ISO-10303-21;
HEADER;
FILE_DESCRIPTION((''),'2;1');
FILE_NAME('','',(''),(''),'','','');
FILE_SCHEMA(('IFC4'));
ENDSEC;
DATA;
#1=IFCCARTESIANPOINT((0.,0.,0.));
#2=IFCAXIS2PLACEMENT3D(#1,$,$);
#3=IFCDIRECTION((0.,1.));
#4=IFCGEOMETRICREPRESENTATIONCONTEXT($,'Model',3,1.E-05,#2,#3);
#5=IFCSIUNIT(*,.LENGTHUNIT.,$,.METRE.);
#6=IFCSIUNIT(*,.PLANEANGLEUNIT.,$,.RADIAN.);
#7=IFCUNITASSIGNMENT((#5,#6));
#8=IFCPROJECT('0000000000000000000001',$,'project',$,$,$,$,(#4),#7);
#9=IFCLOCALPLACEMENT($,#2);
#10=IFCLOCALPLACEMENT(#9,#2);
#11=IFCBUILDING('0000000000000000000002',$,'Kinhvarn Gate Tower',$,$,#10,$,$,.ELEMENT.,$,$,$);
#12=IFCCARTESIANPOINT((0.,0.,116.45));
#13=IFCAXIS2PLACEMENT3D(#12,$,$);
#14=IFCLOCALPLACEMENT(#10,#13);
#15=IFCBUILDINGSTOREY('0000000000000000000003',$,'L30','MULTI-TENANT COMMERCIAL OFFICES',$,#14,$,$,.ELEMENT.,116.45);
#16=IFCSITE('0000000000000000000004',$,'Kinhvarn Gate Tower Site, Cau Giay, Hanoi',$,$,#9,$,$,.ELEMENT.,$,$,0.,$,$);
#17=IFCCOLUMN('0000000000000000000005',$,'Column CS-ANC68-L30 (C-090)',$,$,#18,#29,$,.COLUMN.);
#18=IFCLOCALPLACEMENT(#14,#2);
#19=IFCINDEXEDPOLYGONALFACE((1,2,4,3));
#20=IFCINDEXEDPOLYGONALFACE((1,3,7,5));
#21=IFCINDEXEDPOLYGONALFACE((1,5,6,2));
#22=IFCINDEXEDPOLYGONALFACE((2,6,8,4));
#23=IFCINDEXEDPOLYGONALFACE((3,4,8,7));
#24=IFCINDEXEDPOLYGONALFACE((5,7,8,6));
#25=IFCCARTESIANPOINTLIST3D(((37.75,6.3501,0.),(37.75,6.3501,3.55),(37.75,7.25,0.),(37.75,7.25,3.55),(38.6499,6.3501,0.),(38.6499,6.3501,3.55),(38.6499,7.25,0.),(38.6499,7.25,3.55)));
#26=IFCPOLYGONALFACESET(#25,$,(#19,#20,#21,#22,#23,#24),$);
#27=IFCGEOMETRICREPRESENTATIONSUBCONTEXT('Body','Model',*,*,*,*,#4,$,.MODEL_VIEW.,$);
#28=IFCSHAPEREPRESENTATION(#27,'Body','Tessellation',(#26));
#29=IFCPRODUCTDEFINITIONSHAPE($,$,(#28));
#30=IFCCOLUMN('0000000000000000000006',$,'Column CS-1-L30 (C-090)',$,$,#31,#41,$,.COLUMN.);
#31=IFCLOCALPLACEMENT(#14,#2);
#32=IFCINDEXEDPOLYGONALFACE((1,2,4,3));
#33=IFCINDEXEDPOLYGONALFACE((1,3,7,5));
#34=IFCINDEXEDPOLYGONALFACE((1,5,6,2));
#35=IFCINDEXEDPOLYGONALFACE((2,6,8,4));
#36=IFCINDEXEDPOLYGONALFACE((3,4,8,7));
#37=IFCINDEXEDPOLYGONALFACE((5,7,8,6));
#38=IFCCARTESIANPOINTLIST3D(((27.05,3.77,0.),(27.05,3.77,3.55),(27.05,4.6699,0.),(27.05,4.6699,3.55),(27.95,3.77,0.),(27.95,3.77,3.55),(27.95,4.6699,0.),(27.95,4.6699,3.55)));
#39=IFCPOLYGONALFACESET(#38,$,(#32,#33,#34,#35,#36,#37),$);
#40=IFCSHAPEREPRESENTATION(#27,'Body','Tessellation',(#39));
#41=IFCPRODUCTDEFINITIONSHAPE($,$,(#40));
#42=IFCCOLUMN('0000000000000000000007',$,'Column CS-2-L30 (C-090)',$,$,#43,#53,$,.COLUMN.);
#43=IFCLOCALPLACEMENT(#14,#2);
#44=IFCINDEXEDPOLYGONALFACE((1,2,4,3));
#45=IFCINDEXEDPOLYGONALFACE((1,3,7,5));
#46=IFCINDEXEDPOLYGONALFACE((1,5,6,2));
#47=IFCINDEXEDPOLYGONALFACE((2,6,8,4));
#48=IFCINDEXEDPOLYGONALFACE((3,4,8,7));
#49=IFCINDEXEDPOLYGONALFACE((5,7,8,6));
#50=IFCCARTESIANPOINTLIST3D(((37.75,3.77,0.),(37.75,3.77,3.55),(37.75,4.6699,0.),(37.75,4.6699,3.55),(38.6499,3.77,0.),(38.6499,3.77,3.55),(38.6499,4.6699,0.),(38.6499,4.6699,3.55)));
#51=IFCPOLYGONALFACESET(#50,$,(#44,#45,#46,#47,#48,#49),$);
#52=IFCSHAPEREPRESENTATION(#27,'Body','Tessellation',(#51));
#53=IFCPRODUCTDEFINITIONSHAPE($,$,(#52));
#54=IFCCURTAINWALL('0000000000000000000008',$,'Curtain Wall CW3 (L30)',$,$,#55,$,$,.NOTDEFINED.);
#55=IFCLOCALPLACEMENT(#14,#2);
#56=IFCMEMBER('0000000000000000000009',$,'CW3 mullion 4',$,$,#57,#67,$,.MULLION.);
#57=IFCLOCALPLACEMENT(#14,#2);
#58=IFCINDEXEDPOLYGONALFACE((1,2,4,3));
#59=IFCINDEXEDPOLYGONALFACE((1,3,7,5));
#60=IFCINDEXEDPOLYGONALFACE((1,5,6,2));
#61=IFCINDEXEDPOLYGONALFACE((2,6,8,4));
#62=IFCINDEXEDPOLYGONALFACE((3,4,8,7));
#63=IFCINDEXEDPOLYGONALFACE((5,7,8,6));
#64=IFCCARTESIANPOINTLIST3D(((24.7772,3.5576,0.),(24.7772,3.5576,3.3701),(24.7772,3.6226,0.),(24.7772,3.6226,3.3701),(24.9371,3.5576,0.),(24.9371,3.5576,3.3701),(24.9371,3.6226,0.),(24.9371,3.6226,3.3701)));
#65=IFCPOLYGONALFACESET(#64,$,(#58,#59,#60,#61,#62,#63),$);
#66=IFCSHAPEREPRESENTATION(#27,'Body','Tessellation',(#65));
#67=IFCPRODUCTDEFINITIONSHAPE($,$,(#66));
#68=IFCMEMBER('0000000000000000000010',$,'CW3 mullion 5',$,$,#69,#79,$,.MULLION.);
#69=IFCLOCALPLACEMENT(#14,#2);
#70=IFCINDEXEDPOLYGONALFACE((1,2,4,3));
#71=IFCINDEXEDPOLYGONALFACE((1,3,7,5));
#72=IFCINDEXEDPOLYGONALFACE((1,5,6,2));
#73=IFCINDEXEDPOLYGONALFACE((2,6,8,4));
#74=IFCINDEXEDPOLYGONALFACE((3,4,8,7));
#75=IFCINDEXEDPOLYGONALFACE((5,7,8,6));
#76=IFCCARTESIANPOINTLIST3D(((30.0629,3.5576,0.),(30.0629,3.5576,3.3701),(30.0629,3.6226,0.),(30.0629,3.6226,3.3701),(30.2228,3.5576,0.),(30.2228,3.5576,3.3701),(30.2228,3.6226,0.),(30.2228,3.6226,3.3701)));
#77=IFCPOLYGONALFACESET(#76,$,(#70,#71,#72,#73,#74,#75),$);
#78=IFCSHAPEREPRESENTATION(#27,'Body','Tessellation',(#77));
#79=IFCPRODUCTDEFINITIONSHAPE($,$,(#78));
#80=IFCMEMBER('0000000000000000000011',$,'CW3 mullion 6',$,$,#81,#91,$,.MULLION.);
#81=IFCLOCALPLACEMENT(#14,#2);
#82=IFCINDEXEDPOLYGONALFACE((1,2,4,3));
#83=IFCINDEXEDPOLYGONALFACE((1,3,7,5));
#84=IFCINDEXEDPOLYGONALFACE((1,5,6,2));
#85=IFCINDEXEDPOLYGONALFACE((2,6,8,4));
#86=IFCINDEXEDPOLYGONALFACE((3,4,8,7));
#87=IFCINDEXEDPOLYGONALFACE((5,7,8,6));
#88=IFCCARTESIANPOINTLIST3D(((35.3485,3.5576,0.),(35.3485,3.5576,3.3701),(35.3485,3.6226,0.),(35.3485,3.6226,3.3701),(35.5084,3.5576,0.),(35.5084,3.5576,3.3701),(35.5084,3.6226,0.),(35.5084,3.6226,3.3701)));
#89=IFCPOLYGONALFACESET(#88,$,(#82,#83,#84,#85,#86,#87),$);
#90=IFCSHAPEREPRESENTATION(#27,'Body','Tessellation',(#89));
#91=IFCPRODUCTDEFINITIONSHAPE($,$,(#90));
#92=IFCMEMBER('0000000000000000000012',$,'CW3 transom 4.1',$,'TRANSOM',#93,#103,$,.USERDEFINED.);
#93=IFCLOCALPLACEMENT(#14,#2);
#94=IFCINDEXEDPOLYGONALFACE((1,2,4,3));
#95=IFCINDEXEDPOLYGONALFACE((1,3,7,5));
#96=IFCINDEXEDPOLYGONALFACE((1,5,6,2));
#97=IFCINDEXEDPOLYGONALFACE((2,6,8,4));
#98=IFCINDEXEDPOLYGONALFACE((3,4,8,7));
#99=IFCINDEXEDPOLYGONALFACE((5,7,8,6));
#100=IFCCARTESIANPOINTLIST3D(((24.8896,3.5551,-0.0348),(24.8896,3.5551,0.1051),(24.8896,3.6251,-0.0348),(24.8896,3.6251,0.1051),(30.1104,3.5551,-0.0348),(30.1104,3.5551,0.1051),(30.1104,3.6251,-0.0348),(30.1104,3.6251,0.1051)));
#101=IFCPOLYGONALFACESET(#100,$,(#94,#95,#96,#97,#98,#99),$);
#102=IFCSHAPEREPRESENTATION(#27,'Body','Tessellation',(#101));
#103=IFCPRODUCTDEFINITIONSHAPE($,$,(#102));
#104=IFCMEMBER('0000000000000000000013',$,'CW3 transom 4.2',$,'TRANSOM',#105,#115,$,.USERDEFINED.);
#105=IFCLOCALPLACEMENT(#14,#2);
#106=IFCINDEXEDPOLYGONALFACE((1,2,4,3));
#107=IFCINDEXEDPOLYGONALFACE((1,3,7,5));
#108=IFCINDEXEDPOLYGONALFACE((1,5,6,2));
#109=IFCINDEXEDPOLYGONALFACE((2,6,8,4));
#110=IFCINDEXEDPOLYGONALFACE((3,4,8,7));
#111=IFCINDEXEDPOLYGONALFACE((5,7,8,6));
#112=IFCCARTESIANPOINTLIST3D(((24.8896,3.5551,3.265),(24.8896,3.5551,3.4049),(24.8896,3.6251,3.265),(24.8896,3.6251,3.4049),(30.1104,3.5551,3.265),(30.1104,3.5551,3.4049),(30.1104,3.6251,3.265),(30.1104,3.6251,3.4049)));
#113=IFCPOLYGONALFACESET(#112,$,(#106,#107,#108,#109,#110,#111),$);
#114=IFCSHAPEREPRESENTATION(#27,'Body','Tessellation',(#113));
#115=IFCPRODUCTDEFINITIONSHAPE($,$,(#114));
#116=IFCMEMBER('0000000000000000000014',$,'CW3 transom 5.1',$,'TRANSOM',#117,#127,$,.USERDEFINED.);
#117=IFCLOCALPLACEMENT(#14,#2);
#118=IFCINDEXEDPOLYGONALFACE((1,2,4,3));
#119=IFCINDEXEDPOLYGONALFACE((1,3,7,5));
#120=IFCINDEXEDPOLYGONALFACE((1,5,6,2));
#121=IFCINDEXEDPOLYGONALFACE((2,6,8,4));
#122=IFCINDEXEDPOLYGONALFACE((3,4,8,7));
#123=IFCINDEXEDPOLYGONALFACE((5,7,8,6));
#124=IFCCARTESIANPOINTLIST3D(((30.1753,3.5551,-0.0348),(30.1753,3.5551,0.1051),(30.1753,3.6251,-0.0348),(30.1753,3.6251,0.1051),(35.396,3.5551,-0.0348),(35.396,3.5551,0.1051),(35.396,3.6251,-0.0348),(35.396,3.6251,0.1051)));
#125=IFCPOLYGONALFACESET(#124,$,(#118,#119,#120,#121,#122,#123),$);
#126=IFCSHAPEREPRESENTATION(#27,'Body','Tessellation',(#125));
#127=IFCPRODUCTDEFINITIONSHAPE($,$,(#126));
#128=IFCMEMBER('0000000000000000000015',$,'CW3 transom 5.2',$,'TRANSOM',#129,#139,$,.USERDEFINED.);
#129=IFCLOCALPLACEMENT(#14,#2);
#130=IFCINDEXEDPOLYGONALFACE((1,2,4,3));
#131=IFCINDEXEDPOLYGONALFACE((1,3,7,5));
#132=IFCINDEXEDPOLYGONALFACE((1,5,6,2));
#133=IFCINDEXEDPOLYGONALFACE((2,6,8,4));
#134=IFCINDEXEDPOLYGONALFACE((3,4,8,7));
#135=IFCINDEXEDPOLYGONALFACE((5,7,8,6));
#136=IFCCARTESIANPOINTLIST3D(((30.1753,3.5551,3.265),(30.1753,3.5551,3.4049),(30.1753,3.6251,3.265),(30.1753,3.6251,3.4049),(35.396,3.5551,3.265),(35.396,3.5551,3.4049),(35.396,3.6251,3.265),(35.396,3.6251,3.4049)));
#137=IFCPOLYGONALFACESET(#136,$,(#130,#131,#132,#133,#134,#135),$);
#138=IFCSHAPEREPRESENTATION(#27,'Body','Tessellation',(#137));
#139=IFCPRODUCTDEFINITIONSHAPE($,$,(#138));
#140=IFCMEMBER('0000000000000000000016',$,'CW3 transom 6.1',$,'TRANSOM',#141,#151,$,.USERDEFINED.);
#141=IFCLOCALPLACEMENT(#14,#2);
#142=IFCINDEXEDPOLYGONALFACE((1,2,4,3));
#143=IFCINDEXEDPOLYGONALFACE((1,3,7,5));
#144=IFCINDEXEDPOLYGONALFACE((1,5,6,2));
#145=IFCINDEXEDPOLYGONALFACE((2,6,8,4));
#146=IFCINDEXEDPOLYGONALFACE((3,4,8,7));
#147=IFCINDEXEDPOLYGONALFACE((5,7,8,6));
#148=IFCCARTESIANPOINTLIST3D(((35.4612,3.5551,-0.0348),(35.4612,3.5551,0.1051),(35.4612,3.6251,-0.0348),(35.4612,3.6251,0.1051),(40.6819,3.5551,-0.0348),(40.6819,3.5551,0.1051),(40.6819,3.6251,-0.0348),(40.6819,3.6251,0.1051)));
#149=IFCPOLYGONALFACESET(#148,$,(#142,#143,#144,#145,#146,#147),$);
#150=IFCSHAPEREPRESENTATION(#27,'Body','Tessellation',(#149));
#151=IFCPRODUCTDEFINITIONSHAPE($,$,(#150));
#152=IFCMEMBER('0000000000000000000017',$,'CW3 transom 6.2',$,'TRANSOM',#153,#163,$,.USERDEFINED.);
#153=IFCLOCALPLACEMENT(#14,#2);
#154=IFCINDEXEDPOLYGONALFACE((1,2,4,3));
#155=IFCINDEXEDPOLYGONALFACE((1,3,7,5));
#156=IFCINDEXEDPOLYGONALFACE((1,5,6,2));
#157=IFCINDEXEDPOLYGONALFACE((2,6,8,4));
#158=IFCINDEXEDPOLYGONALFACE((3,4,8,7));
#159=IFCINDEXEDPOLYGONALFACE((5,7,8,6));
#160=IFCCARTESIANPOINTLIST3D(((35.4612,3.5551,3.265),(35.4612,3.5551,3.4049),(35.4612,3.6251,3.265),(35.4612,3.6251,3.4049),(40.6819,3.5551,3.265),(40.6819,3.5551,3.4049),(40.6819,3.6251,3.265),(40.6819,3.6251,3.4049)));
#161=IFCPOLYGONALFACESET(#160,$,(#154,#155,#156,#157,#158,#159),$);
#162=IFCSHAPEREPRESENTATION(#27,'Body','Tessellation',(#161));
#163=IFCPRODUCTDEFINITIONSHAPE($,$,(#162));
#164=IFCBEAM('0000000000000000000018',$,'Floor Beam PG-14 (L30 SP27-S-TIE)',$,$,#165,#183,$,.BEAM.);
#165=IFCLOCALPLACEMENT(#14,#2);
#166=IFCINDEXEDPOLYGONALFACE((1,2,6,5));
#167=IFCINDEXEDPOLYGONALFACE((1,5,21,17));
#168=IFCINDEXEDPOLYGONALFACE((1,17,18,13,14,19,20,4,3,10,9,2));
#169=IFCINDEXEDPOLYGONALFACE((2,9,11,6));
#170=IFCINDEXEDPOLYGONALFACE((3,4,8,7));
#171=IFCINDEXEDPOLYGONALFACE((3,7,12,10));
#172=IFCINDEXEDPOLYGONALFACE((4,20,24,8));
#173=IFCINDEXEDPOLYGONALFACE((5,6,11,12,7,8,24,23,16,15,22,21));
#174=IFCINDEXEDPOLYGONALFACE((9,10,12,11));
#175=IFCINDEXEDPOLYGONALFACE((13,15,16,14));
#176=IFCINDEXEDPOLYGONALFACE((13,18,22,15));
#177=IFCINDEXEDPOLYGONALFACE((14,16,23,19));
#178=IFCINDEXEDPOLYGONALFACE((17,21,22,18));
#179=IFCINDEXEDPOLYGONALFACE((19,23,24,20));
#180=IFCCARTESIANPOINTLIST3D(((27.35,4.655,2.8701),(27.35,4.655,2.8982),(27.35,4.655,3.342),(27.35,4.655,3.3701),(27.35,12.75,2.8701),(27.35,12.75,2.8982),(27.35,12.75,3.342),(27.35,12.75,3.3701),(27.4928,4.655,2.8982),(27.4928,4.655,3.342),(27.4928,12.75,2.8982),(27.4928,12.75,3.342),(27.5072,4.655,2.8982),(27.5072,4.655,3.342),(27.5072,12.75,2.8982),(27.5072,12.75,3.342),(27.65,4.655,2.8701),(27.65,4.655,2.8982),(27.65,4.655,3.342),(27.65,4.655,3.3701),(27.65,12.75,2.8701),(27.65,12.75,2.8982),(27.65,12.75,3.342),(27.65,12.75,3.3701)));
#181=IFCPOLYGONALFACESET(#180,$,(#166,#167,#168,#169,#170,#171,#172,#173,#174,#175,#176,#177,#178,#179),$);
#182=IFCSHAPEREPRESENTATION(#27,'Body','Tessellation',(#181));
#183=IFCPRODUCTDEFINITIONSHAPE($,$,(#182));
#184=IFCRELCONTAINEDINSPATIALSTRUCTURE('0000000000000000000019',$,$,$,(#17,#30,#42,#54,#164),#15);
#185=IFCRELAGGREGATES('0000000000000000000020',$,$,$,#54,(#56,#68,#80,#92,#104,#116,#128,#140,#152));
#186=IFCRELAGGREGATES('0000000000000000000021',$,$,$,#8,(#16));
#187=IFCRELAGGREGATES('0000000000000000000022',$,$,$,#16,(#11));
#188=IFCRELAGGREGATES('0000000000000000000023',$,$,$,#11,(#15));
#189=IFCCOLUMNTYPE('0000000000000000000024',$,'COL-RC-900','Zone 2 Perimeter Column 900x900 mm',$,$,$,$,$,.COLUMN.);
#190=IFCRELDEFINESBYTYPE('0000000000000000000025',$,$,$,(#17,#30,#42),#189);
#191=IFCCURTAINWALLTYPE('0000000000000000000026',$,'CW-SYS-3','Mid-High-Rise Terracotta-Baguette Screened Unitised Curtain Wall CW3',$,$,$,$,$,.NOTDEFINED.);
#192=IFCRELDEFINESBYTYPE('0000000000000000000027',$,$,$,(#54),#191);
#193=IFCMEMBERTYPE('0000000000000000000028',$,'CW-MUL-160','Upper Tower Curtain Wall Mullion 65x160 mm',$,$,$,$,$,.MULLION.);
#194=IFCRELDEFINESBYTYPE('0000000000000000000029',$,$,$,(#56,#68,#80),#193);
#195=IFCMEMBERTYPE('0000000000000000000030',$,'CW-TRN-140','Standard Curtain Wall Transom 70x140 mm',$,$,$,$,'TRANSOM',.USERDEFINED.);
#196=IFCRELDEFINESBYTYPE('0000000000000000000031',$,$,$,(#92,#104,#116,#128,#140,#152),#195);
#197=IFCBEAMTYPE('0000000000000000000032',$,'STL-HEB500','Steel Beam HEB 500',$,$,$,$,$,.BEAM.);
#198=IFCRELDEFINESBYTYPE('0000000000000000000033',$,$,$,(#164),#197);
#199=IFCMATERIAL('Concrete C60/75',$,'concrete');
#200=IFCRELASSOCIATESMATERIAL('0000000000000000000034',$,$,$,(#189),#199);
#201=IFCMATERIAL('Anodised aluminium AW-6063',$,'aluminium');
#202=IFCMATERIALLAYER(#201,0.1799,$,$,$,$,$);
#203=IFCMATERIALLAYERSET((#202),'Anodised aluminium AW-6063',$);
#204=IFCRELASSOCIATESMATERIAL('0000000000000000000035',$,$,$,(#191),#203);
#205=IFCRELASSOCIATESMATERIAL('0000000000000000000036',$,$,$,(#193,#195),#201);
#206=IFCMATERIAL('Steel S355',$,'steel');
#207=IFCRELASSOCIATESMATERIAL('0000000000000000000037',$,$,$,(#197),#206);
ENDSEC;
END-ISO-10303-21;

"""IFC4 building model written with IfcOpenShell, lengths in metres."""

from ifc_helpers import new_model, si_unit, direction, frame, origin, origin_2d, place, context, subcontext, project, spatial, rectangle, i_section, extrude, material, layer, layer_set, material_profile, profile_set, type_object, element, aggregate, save


model = new_model("IFC4")

# Units and contexts
model_context = context("Model", 3, precision=1e-05, world=origin(), true_north=direction((0.0, 1.0)))
body_context = subcontext(model_context, "Body", "Model", "MODEL_VIEW")
ifc_project = project(units=[si_unit("LENGTHUNIT", "METRE"), si_unit("PLANEANGLEUNIT", "RADIAN")], contexts=[model_context])

# Site, building, storey
site_placement = place(None, origin())
site = spatial("IfcSite", under=ifc_project, at=site_placement, Name="Kinhvarn Gate Tower Site, Cau Giay, Hanoi", CompositionType="ELEMENT", RefElevation=0.0)
building_placement = place(site_placement, origin())
building = spatial("IfcBuilding", under=site, at=building_placement, Name="Kinhvarn Gate Tower", CompositionType="ELEMENT")
storey_placement = place(building_placement, frame((0.0, 0.0, 116.45)))
storey = spatial("IfcBuildingStorey", under=building, at=storey_placement, Name="L30", Description="MULTI-TENANT COMMERCIAL OFFICES", CompositionType="ELEMENT", Elevation=116.45)

# Columns
ifc_material_1 = material(Name="Concrete C60/75", Category="concrete")
ifc_material_profile_1 = material_profile(ifc_material_1, rectangle(XDim=0.8999, YDim=0.8999, at=origin_2d()), Name="RC 900x900")
ifc_profile_set_1 = profile_set([ifc_material_profile_1], Name="Concrete C60/75")
column_type = type_object("IfcColumnType", Name="COL-RC-900", Description="Zone 2 Perimeter Column 900x900 mm", PredefinedType="COLUMN", material=ifc_profile_set_1)
for number, where, z_axis, x_axis, name in (
    (1, (38.2, 6.8, 0.0), (0.0, 0.0, 1.0), (1.0, 0.0, 0.0), "Column CS-ANC68-L30 (C-090)"),
    (2, (27.5, 4.22, 0.0), (0.0, 0.0, 1.0), (1.0, 0.0, 0.0), "Column CS-1-L30 (C-090)"),
    (3, (38.2, 4.22, 0.0), (0.0, 0.0, 1.0), (1.0, 0.0, 0.0), "Column CS-2-L30 (C-090)"),
):
    element("IfcColumn", number, at=place(storey_placement, frame(where, z_axis=z_axis, x_axis=x_axis)), inside=storey, type_object=column_type, Name=name, PredefinedType="COLUMN", context=body_context, shape_type="SweptSolid", body=[
        extrude(rectangle(XDim=0.8999, YDim=0.8999, at=origin_2d()), origin(), (0.0, 0.0, 1.0), 3.55),
    ])

# Curtain wall, members
ifc_material_2 = material(Name="Anodised aluminium AW-6063", Category="aluminium")
ifc_layer_1 = layer(ifc_material_2, 0.1799)
ifc_layer_set_1 = layer_set([ifc_layer_1], Name="Anodised aluminium AW-6063")
curtain_wall_type = type_object("IfcCurtainWallType", Name="CW-SYS-3", Description="Mid-High-Rise Terracotta-Baguette Screened Unitised Curtain Wall CW3", PredefinedType="NOTDEFINED", material=ifc_layer_set_1)
curtain_wall_placement = place(storey_placement, origin())
curtain_wall = element("IfcCurtainWall", 4, at=curtain_wall_placement, inside=storey, type_object=curtain_wall_type, Name="Curtain Wall CW3 (L30)", PredefinedType="NOTDEFINED")
ifc_material_profile_2 = material_profile(ifc_material_2, rectangle(XDim=0.0649, YDim=0.1599, at=origin_2d()), Name="ALU 65x160")
ifc_profile_set_2 = profile_set([ifc_material_profile_2], Name="Anodised aluminium AW-6063")
member_type_1 = type_object("IfcMemberType", Name="CW-MUL-160", Description="Upper Tower Curtain Wall Mullion 65x160 mm", PredefinedType="MULLION", material=ifc_profile_set_2)
member_1_placement = place(storey_placement, frame((24.8572, 3.5901, 0.0), z_axis=(0.0, 0.0, 1.0), x_axis=(0.0, 1.0, 0.0)))
member_1 = element("IfcMember", 5, at=member_1_placement, type_object=member_type_1, Name="CW3 mullion 4", PredefinedType="MULLION", context=body_context, shape_type="SweptSolid", body=[
    extrude(rectangle(XDim=0.0649, YDim=0.1599, at=origin_2d()), origin(), (0.0, 0.0, 1.0), 3.3701),
])
member_2_placement = place(storey_placement, frame((30.1428, 3.5901, 0.0), z_axis=(0.0, 0.0, 1.0), x_axis=(0.0, 1.0, 0.0)))
member_2 = element("IfcMember", 6, at=member_2_placement, type_object=member_type_1, Name="CW3 mullion 5", PredefinedType="MULLION", context=body_context, shape_type="SweptSolid", body=[
    extrude(rectangle(XDim=0.0649, YDim=0.1599, at=origin_2d()), origin(), (0.0, 0.0, 1.0), 3.3701),
])
member_3_placement = place(storey_placement, frame((35.4285, 3.5901, 0.0), z_axis=(0.0, 0.0, 1.0), x_axis=(0.0, 1.0, 0.0)))
member_3 = element("IfcMember", 7, at=member_3_placement, type_object=member_type_1, Name="CW3 mullion 6", PredefinedType="MULLION", context=body_context, shape_type="SweptSolid", body=[
    extrude(rectangle(XDim=0.0649, YDim=0.1599, at=origin_2d()), origin(), (0.0, 0.0, 1.0), 3.3701),
])
ifc_material_profile_3 = material_profile(ifc_material_2, rectangle(XDim=0.0701, YDim=0.1399, at=origin_2d()), Name="ALU 70x140")
ifc_profile_set_3 = profile_set([ifc_material_profile_3], Name="Anodised aluminium AW-6063")
member_type_2 = type_object("IfcMemberType", Name="CW-TRN-140", Description="Standard Curtain Wall Transom 70x140 mm", ElementType="TRANSOM", PredefinedType="USERDEFINED", material=ifc_profile_set_3)
member_4_placement = place(storey_placement, frame((24.8896, 3.5901, 0.0352), z_axis=(1.0, 0.0, 0.0), x_axis=(0.0, 1.0, 0.0)))
member_4 = element("IfcMember", 8, at=member_4_placement, type_object=member_type_2, Name="CW3 transom 4.1", ObjectType="TRANSOM", PredefinedType="USERDEFINED", context=body_context, shape_type="SweptSolid", body=[
    extrude(rectangle(XDim=0.0701, YDim=0.1399, at=origin_2d()), origin(), (0.0, 0.0, 1.0), 5.2207),
])
member_5_placement = place(storey_placement, frame((24.8896, 3.5901, 3.335), z_axis=(1.0, 0.0, 0.0), x_axis=(0.0, 1.0, 0.0)))
member_5 = element("IfcMember", 9, at=member_5_placement, type_object=member_type_2, Name="CW3 transom 4.2", ObjectType="TRANSOM", PredefinedType="USERDEFINED", context=body_context, shape_type="SweptSolid", body=[
    extrude(rectangle(XDim=0.0701, YDim=0.1399, at=origin_2d()), origin(), (0.0, 0.0, 1.0), 5.2207),
])
member_6_placement = place(storey_placement, frame((30.1753, 3.5901, 0.0352), z_axis=(1.0, 0.0, 0.0), x_axis=(0.0, 1.0, 0.0)))
member_6 = element("IfcMember", 10, at=member_6_placement, type_object=member_type_2, Name="CW3 transom 5.1", ObjectType="TRANSOM", PredefinedType="USERDEFINED", context=body_context, shape_type="SweptSolid", body=[
    extrude(rectangle(XDim=0.0701, YDim=0.1399, at=origin_2d()), origin(), (0.0, 0.0, 1.0), 5.2207),
])
member_7_placement = place(storey_placement, frame((30.1753, 3.5901, 3.335), z_axis=(1.0, 0.0, 0.0), x_axis=(0.0, 1.0, 0.0)))
member_7 = element("IfcMember", 11, at=member_7_placement, type_object=member_type_2, Name="CW3 transom 5.2", ObjectType="TRANSOM", PredefinedType="USERDEFINED", context=body_context, shape_type="SweptSolid", body=[
    extrude(rectangle(XDim=0.0701, YDim=0.1399, at=origin_2d()), origin(), (0.0, 0.0, 1.0), 5.2207),
])
member_8_placement = place(storey_placement, frame((35.4612, 3.5901, 0.0352), z_axis=(1.0, 0.0, 0.0), x_axis=(0.0, 1.0, 0.0)))
member_8 = element("IfcMember", 12, at=member_8_placement, type_object=member_type_2, Name="CW3 transom 6.1", ObjectType="TRANSOM", PredefinedType="USERDEFINED", context=body_context, shape_type="SweptSolid", body=[
    extrude(rectangle(XDim=0.0701, YDim=0.1399, at=origin_2d()), origin(), (0.0, 0.0, 1.0), 5.2207),
])
member_9_placement = place(storey_placement, frame((35.4612, 3.5901, 3.335), z_axis=(1.0, 0.0, 0.0), x_axis=(0.0, 1.0, 0.0)))
member_9 = element("IfcMember", 13, at=member_9_placement, type_object=member_type_2, Name="CW3 transom 6.2", ObjectType="TRANSOM", PredefinedType="USERDEFINED", context=body_context, shape_type="SweptSolid", body=[
    extrude(rectangle(XDim=0.0701, YDim=0.1399, at=origin_2d()), origin(), (0.0, 0.0, 1.0), 5.2207),
])

# Beam
ifc_material_3 = material(Name="Steel S355", Category="steel")
ifc_material_profile_4 = material_profile(ifc_material_3, i_section(OverallWidth=0.3, OverallDepth=0.5, WebThickness=0.0144, FlangeThickness=0.0281, at=origin_2d()), Name="HEB 500")
ifc_profile_set_4 = profile_set([ifc_material_profile_4], Name="Steel S355")
beam_type_1 = type_object("IfcBeamType", Name="STL-HEB500", Description="Steel Beam HEB 500", PredefinedType="BEAM", material=ifc_profile_set_4)
beam_1_placement = place(storey_placement, frame((27.5, 4.655, 3.1201), z_axis=(0.0, 1.0, 0.0), x_axis=(-1.0, 0.0, 0.0)))
element("IfcBeam", 14, at=beam_1_placement, inside=storey, type_object=beam_type_1, Name="Floor Beam PG-14 (L30 SP27-S-TIE)", PredefinedType="BEAM", context=body_context, shape_type="SweptSolid", body=[
    extrude(i_section(OverallWidth=0.3, OverallDepth=0.5, WebThickness=0.0144, FlangeThickness=0.0281, at=origin_2d()), origin(), (0.0, 0.0, 1.0), 8.095),
])

aggregate(curtain_wall, [member_1, member_2, member_3, member_4, member_5, member_6, member_7, member_8, member_9])

save(model, "model.ifc")
